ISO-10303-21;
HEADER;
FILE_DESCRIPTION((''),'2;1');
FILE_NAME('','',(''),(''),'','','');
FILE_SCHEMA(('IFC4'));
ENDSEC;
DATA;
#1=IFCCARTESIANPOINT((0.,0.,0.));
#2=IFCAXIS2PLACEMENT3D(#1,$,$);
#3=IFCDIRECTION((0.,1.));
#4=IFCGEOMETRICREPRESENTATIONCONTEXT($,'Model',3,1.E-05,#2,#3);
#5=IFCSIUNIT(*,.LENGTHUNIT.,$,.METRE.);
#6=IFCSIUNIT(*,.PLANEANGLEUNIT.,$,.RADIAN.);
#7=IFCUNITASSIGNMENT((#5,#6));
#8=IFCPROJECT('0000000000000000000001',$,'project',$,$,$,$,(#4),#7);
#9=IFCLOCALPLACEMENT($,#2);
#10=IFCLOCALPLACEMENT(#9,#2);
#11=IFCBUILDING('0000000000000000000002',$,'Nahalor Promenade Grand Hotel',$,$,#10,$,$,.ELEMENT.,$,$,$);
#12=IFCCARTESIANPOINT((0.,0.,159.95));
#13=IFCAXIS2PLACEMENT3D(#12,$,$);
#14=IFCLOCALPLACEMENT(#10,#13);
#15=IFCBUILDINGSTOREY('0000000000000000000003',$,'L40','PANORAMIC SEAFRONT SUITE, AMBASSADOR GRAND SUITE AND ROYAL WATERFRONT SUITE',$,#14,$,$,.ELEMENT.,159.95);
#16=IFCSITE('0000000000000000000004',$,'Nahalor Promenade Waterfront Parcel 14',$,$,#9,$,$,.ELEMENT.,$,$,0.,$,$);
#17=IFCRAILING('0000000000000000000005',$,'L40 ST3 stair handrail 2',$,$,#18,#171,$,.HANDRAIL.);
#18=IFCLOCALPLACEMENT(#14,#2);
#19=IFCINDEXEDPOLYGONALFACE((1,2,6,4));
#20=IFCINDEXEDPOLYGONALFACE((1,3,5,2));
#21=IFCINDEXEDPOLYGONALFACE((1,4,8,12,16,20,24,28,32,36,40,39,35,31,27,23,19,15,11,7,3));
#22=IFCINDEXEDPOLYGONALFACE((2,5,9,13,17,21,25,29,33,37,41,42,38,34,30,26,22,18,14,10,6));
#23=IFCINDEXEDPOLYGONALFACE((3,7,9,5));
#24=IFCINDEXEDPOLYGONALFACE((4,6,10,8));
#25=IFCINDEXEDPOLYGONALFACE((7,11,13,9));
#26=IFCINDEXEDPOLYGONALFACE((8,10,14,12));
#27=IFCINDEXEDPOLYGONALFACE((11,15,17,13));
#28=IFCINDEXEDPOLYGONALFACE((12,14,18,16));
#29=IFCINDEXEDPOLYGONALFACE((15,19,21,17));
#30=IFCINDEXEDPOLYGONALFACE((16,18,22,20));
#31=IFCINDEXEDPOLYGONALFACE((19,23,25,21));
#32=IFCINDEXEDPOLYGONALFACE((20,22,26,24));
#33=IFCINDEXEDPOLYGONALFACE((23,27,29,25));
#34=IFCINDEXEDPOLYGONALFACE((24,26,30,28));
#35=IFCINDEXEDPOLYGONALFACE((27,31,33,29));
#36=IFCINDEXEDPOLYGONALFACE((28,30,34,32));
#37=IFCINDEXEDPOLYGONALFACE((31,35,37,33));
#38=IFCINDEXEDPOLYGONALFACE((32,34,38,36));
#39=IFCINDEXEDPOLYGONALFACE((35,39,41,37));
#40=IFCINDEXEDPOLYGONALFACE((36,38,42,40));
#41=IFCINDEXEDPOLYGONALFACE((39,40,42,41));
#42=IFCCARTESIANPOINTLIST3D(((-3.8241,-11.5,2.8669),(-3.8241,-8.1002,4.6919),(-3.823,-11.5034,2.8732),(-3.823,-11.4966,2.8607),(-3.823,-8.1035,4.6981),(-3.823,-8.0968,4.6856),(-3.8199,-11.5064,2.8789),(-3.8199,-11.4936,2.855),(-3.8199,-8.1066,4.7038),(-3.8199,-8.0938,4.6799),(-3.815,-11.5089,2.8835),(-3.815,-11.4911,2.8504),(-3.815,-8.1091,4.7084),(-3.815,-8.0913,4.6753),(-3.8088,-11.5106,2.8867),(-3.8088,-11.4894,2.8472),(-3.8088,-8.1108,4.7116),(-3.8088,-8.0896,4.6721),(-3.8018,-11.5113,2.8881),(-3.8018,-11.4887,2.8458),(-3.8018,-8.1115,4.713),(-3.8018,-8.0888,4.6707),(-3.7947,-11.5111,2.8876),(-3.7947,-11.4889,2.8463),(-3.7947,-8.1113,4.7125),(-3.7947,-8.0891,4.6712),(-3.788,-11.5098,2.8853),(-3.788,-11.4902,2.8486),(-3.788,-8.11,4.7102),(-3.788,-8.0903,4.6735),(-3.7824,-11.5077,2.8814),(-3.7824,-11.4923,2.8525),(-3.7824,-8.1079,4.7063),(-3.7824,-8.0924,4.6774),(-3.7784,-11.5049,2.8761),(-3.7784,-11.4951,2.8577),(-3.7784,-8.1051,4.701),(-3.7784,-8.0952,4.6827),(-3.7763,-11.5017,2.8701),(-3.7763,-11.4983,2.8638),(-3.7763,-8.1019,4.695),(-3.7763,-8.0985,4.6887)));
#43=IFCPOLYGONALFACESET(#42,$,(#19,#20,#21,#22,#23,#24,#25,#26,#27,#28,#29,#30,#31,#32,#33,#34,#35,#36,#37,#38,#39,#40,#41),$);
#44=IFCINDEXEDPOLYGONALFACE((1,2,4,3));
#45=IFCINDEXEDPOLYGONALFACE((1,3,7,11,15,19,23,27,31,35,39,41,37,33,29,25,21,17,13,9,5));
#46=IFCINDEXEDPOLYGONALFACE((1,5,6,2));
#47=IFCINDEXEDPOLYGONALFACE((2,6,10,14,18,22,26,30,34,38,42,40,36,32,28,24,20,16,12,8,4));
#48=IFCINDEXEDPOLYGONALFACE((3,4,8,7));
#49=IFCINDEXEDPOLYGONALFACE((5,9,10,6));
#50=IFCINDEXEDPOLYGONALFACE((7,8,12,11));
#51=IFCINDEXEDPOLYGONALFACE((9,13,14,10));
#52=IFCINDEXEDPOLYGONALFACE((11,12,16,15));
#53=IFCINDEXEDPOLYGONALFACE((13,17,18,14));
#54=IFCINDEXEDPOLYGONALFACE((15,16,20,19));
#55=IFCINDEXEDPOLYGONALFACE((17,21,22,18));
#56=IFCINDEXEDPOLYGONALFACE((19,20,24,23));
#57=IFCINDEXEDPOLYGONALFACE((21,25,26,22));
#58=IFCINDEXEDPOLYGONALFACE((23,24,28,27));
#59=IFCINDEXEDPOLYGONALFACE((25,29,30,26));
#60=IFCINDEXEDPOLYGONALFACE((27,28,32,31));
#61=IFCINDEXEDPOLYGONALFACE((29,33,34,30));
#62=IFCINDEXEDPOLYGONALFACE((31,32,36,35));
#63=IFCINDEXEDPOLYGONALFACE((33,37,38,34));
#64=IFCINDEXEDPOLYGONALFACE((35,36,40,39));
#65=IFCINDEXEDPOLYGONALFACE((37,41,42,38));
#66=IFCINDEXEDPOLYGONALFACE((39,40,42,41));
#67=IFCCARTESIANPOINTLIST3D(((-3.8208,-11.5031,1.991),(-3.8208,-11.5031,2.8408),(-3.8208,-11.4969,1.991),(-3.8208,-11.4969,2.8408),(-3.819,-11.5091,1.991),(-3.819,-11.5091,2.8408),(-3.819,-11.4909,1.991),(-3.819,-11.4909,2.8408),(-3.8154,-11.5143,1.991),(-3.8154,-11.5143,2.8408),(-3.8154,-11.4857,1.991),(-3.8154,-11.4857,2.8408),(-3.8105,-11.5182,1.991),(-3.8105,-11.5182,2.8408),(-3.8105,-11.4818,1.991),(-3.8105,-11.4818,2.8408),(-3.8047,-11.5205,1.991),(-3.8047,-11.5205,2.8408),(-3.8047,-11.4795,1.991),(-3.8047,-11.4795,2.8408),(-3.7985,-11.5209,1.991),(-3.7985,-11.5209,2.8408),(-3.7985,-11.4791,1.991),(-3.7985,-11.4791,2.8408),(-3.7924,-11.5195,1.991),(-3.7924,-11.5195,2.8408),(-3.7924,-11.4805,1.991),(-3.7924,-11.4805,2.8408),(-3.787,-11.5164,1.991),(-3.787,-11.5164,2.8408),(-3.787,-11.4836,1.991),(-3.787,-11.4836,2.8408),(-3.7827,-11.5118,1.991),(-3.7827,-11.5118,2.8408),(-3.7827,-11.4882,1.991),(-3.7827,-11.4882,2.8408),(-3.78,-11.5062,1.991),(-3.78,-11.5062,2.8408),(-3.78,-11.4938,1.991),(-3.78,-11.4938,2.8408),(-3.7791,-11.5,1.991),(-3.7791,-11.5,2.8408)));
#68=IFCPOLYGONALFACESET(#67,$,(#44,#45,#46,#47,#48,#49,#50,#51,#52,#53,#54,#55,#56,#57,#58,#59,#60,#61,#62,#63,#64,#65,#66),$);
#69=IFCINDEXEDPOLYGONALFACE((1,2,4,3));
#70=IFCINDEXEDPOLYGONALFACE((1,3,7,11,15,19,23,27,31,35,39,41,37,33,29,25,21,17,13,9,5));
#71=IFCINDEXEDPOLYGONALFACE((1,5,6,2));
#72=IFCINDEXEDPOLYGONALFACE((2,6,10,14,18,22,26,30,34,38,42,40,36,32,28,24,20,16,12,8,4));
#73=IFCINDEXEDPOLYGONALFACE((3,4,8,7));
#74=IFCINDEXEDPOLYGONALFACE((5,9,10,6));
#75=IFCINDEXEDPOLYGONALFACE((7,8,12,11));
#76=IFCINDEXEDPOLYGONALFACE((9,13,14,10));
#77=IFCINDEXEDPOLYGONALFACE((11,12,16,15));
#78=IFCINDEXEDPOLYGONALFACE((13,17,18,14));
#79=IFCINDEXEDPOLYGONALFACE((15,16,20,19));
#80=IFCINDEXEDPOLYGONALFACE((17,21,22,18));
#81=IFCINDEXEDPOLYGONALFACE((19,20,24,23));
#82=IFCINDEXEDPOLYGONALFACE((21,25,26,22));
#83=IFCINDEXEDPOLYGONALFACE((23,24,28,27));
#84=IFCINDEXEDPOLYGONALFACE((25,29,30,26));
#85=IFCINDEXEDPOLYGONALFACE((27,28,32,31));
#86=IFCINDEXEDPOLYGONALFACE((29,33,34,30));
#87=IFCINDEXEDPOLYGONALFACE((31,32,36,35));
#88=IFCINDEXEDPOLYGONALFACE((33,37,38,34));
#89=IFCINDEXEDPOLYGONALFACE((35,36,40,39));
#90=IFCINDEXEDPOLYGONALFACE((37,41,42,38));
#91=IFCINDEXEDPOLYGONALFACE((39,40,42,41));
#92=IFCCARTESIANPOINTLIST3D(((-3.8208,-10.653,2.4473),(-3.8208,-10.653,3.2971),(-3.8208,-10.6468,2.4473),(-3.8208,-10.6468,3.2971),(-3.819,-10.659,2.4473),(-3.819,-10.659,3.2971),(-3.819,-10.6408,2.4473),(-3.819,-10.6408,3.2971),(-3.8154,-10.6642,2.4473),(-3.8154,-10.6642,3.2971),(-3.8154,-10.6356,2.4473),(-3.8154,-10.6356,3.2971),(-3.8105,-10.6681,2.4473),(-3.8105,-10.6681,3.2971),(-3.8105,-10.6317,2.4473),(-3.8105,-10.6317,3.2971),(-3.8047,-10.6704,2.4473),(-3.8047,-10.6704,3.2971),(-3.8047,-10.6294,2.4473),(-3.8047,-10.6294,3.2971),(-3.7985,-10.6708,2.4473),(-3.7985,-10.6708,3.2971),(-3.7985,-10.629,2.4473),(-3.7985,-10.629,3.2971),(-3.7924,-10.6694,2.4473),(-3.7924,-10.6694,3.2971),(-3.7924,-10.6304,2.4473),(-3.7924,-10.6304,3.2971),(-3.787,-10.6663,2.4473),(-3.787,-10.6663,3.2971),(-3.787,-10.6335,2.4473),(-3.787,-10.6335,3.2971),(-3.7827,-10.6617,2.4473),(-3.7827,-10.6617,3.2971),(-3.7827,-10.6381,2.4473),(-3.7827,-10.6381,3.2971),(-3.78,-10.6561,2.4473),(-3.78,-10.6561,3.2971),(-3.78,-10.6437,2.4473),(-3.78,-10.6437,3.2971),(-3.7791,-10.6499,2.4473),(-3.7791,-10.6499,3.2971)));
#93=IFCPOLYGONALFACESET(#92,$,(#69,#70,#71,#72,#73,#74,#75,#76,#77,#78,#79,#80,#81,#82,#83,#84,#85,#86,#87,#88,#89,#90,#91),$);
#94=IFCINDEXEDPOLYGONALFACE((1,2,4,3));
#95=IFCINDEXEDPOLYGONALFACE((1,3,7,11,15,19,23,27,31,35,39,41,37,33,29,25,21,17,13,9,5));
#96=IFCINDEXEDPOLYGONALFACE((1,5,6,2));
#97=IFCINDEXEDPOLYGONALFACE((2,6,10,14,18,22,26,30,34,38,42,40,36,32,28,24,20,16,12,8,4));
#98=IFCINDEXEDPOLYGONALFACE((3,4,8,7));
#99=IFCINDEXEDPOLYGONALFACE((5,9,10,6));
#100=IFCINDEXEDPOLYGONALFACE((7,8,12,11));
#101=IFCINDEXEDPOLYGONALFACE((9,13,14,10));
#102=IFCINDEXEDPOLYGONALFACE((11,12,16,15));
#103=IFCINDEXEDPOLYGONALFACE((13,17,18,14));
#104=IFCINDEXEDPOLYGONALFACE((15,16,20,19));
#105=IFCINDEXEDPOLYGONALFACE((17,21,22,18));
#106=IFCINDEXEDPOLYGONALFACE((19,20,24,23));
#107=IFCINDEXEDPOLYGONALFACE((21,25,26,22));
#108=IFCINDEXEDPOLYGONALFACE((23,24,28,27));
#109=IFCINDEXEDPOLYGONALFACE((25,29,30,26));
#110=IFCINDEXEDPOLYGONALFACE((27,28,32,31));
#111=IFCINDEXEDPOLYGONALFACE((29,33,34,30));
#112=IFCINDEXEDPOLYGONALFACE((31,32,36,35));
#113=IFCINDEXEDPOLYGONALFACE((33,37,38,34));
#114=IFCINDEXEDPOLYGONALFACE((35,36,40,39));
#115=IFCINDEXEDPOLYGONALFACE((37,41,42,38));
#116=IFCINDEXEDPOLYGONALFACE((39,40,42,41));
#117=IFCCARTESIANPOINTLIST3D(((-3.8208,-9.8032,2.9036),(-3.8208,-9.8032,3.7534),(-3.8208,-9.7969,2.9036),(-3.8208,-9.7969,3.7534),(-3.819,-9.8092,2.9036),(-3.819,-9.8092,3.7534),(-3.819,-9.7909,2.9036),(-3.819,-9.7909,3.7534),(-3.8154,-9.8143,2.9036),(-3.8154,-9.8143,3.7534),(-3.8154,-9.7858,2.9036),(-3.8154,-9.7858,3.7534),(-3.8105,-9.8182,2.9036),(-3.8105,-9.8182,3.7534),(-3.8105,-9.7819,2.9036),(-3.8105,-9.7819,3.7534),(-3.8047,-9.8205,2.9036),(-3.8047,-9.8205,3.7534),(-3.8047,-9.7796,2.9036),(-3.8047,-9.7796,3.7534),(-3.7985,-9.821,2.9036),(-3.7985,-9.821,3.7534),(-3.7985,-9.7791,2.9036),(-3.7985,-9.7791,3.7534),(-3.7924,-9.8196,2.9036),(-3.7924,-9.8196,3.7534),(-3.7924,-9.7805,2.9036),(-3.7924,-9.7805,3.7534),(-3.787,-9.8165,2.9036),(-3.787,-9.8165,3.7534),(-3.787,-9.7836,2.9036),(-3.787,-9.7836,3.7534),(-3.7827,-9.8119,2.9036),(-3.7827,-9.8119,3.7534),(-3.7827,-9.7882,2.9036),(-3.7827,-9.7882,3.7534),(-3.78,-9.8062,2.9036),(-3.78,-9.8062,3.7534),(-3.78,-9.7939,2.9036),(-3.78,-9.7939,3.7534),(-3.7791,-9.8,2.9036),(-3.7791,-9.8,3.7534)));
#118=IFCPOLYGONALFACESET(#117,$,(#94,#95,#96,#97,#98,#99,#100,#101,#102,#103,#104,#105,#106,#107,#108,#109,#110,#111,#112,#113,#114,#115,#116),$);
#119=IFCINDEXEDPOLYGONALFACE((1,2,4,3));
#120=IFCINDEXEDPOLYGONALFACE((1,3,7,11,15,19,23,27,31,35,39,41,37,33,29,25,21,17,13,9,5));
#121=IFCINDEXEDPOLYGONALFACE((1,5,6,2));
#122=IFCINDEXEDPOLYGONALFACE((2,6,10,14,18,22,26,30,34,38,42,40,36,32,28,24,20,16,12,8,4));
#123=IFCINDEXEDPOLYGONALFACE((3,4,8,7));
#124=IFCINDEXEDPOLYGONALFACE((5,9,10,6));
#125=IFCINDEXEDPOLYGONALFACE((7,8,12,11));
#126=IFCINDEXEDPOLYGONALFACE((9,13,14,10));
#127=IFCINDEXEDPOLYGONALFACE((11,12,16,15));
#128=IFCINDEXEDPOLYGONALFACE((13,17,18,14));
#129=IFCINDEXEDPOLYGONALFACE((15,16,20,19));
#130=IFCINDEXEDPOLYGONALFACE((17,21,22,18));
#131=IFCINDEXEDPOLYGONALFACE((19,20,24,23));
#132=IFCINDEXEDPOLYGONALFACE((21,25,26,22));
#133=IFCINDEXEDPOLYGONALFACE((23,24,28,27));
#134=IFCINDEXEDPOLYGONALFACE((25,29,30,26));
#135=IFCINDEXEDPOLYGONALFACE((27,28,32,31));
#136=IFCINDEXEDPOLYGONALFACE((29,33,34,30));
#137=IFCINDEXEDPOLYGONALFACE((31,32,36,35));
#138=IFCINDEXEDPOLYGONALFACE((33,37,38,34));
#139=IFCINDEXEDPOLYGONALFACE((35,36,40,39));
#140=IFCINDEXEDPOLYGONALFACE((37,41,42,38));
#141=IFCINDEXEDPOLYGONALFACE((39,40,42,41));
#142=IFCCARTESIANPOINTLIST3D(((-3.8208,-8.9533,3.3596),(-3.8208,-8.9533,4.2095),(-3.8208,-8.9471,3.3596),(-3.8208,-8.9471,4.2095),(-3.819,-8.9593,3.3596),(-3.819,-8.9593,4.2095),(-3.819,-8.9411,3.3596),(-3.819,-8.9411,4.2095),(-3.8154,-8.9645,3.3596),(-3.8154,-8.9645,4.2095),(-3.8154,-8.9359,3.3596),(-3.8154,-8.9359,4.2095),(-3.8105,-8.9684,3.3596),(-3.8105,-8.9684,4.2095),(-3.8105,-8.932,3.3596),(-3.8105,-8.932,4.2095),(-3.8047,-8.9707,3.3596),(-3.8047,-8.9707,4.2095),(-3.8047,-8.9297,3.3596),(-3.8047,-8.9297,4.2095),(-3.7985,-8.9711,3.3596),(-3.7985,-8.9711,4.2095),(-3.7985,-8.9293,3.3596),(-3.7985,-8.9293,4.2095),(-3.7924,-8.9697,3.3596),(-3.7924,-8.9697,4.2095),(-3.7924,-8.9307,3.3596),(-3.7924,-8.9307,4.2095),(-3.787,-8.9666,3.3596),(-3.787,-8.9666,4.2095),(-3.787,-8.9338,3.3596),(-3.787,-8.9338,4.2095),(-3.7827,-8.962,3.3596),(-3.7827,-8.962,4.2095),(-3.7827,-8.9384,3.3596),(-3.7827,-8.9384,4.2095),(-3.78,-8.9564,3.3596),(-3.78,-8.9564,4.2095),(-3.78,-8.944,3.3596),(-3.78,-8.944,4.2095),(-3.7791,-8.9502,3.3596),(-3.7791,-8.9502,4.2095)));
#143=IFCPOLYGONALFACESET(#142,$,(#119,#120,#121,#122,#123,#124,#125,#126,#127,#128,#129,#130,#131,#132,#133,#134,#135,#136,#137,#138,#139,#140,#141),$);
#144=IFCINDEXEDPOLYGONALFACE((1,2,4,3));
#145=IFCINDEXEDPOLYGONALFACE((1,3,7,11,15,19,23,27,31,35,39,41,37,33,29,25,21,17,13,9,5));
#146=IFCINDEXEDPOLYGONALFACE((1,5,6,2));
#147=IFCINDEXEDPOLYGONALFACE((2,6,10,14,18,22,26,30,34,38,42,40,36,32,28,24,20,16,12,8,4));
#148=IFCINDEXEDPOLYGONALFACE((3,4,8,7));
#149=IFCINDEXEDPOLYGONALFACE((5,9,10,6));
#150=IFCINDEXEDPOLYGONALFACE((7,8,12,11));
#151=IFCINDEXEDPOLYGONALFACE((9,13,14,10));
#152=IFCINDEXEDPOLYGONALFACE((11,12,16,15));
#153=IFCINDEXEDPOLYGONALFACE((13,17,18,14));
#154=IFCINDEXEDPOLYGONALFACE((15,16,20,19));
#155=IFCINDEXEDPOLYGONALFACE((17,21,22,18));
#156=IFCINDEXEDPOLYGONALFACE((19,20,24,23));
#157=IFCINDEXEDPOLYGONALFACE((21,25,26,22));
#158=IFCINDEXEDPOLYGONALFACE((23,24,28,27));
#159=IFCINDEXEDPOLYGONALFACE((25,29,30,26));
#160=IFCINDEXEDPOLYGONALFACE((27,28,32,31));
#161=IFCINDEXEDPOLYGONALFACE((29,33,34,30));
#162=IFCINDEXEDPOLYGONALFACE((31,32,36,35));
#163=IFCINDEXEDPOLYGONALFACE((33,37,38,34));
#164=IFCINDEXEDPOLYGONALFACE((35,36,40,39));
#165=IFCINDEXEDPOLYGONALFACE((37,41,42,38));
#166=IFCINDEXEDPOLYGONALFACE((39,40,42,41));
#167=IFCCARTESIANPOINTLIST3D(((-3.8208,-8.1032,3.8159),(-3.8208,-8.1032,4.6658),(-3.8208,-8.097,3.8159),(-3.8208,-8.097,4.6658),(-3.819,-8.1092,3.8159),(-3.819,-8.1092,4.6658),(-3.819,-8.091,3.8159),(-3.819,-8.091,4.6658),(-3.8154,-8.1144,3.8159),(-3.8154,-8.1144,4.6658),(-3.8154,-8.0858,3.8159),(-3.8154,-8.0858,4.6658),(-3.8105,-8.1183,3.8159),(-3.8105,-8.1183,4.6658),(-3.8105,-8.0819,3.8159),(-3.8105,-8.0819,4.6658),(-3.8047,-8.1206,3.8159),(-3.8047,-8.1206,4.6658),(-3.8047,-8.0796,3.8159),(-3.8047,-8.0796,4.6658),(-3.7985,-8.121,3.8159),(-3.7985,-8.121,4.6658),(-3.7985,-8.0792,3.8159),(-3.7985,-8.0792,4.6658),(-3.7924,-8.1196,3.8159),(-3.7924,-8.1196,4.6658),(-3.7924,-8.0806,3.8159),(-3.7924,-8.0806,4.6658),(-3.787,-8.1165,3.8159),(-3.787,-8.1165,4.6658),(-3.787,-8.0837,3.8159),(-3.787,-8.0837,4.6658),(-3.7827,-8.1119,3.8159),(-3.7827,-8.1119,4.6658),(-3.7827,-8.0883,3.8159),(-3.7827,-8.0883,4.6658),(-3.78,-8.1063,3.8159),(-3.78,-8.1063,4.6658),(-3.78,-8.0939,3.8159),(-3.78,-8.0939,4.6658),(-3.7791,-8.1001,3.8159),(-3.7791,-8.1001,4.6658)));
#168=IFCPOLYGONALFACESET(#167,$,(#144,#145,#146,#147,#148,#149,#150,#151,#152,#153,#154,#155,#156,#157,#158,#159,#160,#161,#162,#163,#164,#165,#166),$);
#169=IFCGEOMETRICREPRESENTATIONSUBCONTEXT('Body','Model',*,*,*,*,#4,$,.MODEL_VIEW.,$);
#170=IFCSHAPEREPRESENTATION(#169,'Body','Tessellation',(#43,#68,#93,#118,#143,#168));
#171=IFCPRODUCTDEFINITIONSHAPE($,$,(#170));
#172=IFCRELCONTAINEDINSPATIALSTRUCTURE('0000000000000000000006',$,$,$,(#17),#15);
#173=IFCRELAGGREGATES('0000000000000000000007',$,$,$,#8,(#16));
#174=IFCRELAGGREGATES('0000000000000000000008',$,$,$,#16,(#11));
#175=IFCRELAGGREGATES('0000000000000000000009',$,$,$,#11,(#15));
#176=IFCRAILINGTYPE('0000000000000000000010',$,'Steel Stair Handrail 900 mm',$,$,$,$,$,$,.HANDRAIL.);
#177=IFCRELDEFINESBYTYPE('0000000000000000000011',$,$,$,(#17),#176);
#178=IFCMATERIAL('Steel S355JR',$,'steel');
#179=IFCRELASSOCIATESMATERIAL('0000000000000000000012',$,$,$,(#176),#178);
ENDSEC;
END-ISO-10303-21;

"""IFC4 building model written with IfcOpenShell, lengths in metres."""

from ifc_helpers import new_model, si_unit, direction, frame, origin, origin_2d, place, context, subcontext, project, spatial, circle, extrude, material, type_object, element, save


model = new_model("IFC4")

# Units and contexts
model_context = context("Model", 3, precision=1e-05, world=origin(), true_north=direction((0.0, 1.0)))
body_context = subcontext(model_context, "Body", "Model", "MODEL_VIEW")
ifc_project = project(units=[si_unit("LENGTHUNIT", "METRE"), si_unit("PLANEANGLEUNIT", "RADIAN")], contexts=[model_context])

# Site, building, storey
site_placement = place(None, origin())
site = spatial("IfcSite", under=ifc_project, at=site_placement, Name="Nahalor Promenade Waterfront Parcel 14", CompositionType="ELEMENT", RefElevation=0.0)
building_placement = place(site_placement, origin())
building = spatial("IfcBuilding", under=site, at=building_placement, Name="Nahalor Promenade Grand Hotel", CompositionType="ELEMENT")
storey_placement = place(building_placement, frame((0.0, 0.0, 159.95)))
storey = spatial("IfcBuildingStorey", under=building, at=storey_placement, Name="L40", Description="PANORAMIC SEAFRONT SUITE, AMBASSADOR GRAND SUITE AND ROYAL WATERFRONT SUITE", CompositionType="ELEMENT", Elevation=159.95)

# Shared definitions
ifc_material_1 = material(Name="Steel S355JR", Category="steel")

# Railing
railing_type_1 = type_object("IfcRailingType", Name="Steel Stair Handrail 900 mm", PredefinedType="HANDRAIL", material=ifc_material_1)
railing_1_placement = place(storey_placement, frame((-3.8, -11.5, 1.991)))
element("IfcRailing", 1, at=railing_1_placement, inside=storey, type_object=railing_type_1, Name="L40 ST3 stair handrail 2", PredefinedType="HANDRAIL", context=body_context, shape_type="SweptSolid", body=[
    extrude(circle(Radius=0.024, at=origin_2d()), frame((0.0, 0.0, 0.876), z_axis=(0.0, 0.881094, 0.472941), x_axis=(-1.0, 0.0, 0.0)), (0.0, 0.0, 1.0), 3.8586),
    extrude(circle(Radius=0.021, at=origin_2d()), origin(), (0.0, 0.0, 1.0), 0.8499),
    extrude(circle(Radius=0.021, at=origin_2d()), frame((0.0, 0.8501, 0.4563)), (0.0, 0.0, 1.0), 0.8499),
    extrude(circle(Radius=0.021, at=origin_2d()), frame((0.0, 1.7, 0.9126)), (0.0, 0.0, 1.0), 0.8499),
    extrude(circle(Radius=0.021, at=origin_2d()), frame((0.0, 2.5498, 1.3687)), (0.0, 0.0, 1.0), 0.8499),
    extrude(circle(Radius=0.021, at=origin_2d()), frame((0.0, 3.3999, 1.825)), (0.0, 0.0, 1.0), 0.8499),
])

save(model, "model.ifc")
